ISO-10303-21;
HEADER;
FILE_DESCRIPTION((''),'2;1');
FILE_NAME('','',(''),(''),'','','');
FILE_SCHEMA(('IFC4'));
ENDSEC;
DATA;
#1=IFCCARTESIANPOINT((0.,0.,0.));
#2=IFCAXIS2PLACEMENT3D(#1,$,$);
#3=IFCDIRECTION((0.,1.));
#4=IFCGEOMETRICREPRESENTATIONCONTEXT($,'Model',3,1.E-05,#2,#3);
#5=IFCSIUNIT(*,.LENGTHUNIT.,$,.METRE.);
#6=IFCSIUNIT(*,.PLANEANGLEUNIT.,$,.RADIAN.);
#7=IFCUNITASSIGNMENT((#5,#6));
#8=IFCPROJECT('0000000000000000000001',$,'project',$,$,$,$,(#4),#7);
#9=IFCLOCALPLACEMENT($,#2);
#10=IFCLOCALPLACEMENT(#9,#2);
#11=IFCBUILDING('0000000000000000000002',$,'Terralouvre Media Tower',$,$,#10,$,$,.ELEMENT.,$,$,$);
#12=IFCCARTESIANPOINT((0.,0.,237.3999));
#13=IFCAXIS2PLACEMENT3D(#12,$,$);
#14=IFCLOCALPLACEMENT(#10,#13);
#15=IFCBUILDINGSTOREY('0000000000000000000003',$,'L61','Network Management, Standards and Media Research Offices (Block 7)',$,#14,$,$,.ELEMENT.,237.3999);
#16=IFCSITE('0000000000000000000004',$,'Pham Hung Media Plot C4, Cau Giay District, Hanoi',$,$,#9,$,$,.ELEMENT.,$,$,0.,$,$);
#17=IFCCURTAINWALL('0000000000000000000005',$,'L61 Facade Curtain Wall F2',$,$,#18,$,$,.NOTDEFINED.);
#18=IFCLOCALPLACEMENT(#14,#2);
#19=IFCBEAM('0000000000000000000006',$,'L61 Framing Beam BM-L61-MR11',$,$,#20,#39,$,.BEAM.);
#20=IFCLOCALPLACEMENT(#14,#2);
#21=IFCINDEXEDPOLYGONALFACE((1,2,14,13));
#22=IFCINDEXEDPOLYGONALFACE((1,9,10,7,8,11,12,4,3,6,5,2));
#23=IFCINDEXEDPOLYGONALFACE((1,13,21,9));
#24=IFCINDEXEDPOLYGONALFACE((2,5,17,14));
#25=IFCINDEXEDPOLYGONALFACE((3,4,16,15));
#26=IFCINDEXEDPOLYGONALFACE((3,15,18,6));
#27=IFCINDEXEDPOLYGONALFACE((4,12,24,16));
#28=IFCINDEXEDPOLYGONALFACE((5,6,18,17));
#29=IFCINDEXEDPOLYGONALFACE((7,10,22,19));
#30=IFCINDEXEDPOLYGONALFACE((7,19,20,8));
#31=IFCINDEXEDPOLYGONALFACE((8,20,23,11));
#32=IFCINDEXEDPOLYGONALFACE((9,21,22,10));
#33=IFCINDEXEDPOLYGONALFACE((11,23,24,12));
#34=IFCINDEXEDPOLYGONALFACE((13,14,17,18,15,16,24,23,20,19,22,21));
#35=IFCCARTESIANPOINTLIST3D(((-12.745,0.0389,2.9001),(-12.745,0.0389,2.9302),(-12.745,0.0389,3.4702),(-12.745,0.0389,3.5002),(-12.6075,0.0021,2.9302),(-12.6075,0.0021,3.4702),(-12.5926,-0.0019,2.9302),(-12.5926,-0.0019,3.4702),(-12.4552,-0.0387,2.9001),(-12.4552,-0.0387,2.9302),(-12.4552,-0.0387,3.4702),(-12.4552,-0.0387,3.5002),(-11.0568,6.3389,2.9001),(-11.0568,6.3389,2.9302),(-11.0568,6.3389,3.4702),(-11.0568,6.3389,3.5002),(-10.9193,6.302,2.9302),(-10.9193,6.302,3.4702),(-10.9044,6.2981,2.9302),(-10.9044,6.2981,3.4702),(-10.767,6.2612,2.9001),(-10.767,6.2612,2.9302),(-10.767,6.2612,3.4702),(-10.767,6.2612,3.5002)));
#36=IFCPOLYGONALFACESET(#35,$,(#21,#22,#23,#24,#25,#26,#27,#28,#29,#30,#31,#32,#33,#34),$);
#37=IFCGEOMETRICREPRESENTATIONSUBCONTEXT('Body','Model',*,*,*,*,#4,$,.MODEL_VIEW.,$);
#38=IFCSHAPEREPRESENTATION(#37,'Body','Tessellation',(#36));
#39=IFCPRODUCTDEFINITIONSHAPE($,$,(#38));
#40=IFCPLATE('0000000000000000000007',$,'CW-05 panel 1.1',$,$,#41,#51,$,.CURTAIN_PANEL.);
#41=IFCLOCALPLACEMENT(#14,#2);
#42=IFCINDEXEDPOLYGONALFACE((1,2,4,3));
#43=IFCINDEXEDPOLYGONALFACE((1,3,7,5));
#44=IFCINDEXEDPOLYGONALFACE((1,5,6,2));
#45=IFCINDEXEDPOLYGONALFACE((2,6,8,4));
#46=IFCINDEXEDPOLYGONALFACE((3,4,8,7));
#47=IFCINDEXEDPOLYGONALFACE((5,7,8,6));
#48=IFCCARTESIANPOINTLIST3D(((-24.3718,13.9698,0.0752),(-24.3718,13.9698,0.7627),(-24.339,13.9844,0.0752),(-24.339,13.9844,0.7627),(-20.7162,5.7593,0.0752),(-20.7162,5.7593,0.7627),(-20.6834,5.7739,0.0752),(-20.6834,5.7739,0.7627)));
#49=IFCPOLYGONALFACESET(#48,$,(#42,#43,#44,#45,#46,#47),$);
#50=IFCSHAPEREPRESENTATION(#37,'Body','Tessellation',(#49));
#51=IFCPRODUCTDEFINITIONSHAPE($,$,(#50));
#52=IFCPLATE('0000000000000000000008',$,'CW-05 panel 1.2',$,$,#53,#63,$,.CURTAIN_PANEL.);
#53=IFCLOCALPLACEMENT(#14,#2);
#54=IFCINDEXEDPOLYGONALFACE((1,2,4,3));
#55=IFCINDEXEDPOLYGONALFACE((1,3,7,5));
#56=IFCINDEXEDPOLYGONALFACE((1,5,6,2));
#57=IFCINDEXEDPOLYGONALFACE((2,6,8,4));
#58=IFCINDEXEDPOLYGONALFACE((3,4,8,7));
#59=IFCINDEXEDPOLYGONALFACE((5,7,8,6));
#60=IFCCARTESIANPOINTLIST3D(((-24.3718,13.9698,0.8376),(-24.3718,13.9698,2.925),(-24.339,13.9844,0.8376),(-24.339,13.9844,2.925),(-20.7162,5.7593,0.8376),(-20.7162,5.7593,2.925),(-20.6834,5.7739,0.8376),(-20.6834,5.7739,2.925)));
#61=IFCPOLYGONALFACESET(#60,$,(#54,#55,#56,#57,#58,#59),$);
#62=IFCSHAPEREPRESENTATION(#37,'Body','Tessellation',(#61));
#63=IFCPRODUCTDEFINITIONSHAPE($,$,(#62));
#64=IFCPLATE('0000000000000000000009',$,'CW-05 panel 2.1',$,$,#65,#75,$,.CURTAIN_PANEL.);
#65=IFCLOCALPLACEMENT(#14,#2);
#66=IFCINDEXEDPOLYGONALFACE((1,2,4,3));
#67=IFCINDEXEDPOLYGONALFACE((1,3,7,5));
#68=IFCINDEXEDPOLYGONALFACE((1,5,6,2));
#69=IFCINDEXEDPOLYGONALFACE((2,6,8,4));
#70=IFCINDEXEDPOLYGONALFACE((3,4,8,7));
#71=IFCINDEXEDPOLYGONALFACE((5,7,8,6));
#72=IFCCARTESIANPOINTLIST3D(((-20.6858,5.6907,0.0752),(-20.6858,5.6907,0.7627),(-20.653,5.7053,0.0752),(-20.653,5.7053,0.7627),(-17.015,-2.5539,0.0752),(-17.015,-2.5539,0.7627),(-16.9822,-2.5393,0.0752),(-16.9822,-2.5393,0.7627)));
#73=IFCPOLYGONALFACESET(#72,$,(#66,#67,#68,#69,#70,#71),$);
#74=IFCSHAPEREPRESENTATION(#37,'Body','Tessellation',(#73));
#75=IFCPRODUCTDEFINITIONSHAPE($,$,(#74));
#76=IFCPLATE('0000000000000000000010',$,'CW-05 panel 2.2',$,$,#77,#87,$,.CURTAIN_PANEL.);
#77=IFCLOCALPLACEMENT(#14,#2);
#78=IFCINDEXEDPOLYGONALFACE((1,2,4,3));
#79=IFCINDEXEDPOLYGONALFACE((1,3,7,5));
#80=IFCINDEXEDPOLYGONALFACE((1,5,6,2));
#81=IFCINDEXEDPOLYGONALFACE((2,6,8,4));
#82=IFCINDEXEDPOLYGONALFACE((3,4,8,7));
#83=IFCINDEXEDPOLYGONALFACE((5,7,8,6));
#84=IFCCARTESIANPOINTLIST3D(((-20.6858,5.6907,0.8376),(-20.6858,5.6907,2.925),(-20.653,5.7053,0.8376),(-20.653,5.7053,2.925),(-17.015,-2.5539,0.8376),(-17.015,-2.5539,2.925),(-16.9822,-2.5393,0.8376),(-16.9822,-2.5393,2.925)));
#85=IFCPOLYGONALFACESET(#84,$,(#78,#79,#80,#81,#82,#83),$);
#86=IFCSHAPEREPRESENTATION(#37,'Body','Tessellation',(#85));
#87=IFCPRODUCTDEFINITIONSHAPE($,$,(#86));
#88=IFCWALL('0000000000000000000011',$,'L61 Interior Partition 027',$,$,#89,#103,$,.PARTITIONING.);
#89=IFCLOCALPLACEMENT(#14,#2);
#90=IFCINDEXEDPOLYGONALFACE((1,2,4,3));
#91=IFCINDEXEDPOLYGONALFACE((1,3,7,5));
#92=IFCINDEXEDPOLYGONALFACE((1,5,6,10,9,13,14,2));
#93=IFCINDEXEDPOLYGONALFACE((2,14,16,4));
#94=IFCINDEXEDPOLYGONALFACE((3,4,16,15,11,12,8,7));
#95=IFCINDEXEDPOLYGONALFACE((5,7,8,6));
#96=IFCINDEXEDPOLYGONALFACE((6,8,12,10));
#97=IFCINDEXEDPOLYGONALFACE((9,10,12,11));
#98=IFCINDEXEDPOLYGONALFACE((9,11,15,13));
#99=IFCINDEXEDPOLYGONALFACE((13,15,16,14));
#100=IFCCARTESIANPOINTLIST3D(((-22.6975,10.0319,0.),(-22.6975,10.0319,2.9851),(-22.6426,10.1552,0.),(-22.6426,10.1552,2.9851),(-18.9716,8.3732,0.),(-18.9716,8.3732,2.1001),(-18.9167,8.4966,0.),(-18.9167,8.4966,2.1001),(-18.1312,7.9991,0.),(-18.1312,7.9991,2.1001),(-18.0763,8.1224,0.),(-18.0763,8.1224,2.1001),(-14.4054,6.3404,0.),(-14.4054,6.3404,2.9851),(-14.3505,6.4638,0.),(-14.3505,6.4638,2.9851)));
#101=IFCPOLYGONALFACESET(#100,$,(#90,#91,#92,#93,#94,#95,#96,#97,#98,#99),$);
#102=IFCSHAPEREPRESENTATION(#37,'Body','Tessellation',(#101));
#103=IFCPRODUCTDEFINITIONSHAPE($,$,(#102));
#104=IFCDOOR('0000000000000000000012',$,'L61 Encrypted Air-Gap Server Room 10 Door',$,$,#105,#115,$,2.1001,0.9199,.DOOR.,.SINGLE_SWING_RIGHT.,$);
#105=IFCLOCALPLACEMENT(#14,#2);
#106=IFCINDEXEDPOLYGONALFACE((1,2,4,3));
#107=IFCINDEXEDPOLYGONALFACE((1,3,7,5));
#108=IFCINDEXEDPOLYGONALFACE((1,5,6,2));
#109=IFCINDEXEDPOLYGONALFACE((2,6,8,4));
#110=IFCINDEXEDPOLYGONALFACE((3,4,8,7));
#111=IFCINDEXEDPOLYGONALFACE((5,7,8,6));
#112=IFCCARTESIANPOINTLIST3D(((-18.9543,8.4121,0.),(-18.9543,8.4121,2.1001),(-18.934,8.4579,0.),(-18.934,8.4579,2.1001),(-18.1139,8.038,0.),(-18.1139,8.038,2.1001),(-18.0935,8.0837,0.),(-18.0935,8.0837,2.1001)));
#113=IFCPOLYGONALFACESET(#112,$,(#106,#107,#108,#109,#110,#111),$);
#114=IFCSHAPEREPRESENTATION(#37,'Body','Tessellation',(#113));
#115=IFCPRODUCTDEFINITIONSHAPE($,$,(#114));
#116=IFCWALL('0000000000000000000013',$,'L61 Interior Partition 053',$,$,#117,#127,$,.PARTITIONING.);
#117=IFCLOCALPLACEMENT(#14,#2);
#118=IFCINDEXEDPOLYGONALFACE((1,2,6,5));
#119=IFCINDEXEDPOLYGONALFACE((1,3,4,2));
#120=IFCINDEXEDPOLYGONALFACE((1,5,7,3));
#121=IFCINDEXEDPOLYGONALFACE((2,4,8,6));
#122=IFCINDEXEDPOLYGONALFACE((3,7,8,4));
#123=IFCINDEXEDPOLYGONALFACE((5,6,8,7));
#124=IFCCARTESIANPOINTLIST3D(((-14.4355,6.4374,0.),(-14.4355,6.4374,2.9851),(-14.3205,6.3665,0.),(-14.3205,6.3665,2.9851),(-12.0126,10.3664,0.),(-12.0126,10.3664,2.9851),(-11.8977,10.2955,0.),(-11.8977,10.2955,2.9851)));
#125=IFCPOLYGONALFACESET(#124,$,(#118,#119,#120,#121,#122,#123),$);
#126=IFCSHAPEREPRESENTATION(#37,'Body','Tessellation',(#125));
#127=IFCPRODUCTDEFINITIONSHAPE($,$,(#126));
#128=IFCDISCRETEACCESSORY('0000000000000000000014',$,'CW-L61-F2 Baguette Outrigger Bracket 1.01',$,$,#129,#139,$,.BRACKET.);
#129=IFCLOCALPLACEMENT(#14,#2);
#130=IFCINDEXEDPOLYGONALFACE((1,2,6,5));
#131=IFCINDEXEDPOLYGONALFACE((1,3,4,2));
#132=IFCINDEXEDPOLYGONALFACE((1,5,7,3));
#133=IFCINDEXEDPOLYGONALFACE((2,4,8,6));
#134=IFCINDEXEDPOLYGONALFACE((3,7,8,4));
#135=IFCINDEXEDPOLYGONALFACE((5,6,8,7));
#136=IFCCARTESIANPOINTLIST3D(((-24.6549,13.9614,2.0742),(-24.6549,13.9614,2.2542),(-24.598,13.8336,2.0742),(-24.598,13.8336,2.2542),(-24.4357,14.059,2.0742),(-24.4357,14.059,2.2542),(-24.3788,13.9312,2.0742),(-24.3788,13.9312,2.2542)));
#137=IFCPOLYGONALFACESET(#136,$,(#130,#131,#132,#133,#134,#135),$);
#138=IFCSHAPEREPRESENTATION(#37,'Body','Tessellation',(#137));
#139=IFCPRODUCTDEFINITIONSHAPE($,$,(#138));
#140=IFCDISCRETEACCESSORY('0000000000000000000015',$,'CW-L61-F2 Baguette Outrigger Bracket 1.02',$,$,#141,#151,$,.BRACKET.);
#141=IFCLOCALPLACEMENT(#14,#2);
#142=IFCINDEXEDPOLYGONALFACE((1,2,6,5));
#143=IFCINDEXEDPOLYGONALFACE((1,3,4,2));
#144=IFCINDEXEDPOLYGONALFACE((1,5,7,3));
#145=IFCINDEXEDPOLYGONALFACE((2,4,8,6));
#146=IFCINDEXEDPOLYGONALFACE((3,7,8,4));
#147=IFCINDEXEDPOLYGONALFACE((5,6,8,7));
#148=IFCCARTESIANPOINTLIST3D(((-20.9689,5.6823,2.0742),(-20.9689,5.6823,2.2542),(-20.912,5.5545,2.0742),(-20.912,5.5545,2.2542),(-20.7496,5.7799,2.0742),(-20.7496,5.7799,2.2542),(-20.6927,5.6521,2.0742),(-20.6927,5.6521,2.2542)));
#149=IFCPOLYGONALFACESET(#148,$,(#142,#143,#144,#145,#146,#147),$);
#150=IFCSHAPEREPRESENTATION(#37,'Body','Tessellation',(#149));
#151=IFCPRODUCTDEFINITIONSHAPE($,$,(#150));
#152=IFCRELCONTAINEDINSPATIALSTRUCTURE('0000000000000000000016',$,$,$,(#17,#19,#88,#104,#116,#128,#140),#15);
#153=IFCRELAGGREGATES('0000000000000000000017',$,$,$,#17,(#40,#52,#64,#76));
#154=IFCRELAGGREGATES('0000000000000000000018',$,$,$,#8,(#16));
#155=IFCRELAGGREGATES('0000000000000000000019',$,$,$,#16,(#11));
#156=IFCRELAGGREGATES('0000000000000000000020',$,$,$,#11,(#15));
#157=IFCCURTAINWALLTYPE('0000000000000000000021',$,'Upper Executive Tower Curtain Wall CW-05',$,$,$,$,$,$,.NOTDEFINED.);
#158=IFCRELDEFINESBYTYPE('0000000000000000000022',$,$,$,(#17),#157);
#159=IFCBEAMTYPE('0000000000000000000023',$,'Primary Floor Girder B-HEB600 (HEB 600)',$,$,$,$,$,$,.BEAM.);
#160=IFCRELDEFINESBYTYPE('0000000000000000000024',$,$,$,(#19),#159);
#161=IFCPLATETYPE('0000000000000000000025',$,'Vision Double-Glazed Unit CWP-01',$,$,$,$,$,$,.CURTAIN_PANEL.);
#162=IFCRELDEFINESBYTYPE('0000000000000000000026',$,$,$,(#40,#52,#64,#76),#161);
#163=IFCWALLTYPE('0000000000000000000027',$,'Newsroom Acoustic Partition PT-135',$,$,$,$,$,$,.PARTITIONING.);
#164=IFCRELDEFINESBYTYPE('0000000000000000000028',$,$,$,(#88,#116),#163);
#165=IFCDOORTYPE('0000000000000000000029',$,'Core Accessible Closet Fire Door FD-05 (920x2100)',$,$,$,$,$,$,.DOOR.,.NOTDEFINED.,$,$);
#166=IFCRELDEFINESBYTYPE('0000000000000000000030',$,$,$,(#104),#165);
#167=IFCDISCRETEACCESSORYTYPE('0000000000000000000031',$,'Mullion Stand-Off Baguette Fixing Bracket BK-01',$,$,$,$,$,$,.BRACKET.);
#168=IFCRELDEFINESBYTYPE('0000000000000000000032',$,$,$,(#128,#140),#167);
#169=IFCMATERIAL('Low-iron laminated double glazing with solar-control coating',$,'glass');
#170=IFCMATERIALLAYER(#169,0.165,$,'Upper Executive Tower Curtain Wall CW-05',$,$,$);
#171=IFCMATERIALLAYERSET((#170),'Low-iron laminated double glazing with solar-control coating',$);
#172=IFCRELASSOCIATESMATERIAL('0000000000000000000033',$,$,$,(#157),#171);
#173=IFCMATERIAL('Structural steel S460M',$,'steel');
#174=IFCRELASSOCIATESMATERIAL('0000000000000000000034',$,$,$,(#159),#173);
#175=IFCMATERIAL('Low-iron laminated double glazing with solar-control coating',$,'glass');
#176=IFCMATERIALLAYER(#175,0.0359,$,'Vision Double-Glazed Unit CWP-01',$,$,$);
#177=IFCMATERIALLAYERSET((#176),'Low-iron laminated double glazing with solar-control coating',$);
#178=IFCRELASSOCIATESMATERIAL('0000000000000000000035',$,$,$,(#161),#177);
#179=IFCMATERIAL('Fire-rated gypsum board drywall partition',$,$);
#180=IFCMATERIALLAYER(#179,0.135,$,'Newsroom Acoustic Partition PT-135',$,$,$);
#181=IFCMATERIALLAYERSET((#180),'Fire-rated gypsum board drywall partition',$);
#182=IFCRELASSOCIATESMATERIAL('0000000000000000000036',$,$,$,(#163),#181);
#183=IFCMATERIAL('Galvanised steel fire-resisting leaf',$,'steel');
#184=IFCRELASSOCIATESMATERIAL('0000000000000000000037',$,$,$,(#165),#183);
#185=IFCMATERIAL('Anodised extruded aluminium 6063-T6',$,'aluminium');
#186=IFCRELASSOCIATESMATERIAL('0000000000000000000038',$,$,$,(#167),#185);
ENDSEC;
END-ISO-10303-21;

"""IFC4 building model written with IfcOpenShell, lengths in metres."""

from ifc_helpers import new_model, si_unit, direction, frame, frame_2d, origin, origin_2d, place, context, subcontext, project, spatial, rectangle, i_section, extrude, material, layer, layer_set, material_profile, profile_set, type_object, element, fill, aggregate, save


model = new_model("IFC4")

# Units and contexts
model_context = context("Model", 3, precision=1e-05, world=origin(), true_north=direction((0.0, 1.0)))
body_context = subcontext(model_context, "Body", "Model", "MODEL_VIEW")
ifc_project = project(units=[si_unit("LENGTHUNIT", "METRE"), si_unit("PLANEANGLEUNIT", "RADIAN")], contexts=[model_context])

# Site, building, storey
site_placement = place(None, origin())
site = spatial("IfcSite", under=ifc_project, at=site_placement, Name="Pham Hung Media Plot C4, Cau Giay District, Hanoi", CompositionType="ELEMENT", RefElevation=0.0)
building_placement = place(site_placement, origin())
building = spatial("IfcBuilding", under=site, at=building_placement, Name="Terralouvre Media Tower", CompositionType="ELEMENT")
storey_placement = place(building_placement, frame((0.0, 0.0, 237.3999)))
storey = spatial("IfcBuildingStorey", under=building, at=storey_placement, Name="L61", Description="Network Management, Standards and Media Research Offices (Block 7)", CompositionType="ELEMENT", Elevation=237.3999)

# Curtain wall
ifc_material_1 = material(Name="Low-iron laminated double glazing with solar-control coating", Category="glass")
ifc_layer_1 = layer(ifc_material_1, 0.165, Name="Upper Executive Tower Curtain Wall CW-05")
ifc_layer_set_1 = layer_set([ifc_layer_1], Name="Low-iron laminated double glazing with solar-control coating")
curtain_wall_type_1 = type_object("IfcCurtainWallType", Name="Upper Executive Tower Curtain Wall CW-05", PredefinedType="NOTDEFINED", material=ifc_layer_set_1)
curtain_wall_1_placement = place(storey_placement, origin())
curtain_wall_1 = element("IfcCurtainWall", 1, at=curtain_wall_1_placement, inside=storey, type_object=curtain_wall_type_1, Name="L61 Facade Curtain Wall F2", PredefinedType="NOTDEFINED")

# Beam
ifc_material_2 = material(Name="Structural steel S460M", Category="steel")
ifc_material_profile_1 = material_profile(ifc_material_2, i_section(OverallWidth=0.3, OverallDepth=0.6001, WebThickness=0.0154, FlangeThickness=0.03, at=origin_2d()), Name="HEB 600")
ifc_profile_set_1 = profile_set([ifc_material_profile_1], Name="Structural steel S460M")
beam_type_1 = type_object("IfcBeamType", Name="Primary Floor Girder B-HEB600 (HEB 600)", PredefinedType="BEAM", material=ifc_profile_set_1)
beam_1_placement = place(storey_placement, frame((-10.9119, 6.3, 3.2002), z_axis=(-0.258839, -0.96592, 0.0), x_axis=(0.96592, -0.258839, 0.0)))
element("IfcBeam", 2, at=beam_1_placement, inside=storey, type_object=beam_type_1, Name="L61 Framing Beam BM-L61-MR11", PredefinedType="BEAM", context=body_context, shape_type="SweptSolid", body=[
    extrude(i_section(OverallWidth=0.3, OverallDepth=0.6001, WebThickness=0.0154, FlangeThickness=0.03, at=origin_2d()), origin(), (0.0, 0.0, 1.0), 6.5222),
])

# Plates
ifc_material_3 = material(Name="Low-iron laminated double glazing with solar-control coating", Category="glass")
ifc_layer_2 = layer(ifc_material_3, 0.0359, Name="Vision Double-Glazed Unit CWP-01")
ifc_layer_set_2 = layer_set([ifc_layer_2], Name="Low-iron laminated double glazing with solar-control coating")
plate_type = type_object("IfcPlateType", Name="Vision Double-Glazed Unit CWP-01", PredefinedType="CURTAIN_PANEL", material=ifc_layer_set_2)
plate_1_placement = place(storey_placement, frame((-22.5276, 9.8718, 0.0752), z_axis=(0.0, 0.0, 1.0), x_axis=(0.406737, -0.913545, 0.0)))
plate_1 = element("IfcPlate", 3, at=plate_1_placement, type_object=plate_type, Name="CW-05 panel 1.1", PredefinedType="CURTAIN_PANEL", context=body_context, shape_type="SweptSolid", body=[
    extrude(rectangle(XDim=8.9875, YDim=0.0359, at=origin_2d()), origin(), (0.0, 0.0, 1.0), 0.6875),
])
plate_2_placement = place(storey_placement, frame((-22.5276, 9.8718, 0.8376), z_axis=(0.0, 0.0, 1.0), x_axis=(0.406737, -0.913545, 0.0)))
plate_2 = element("IfcPlate", 4, at=plate_2_placement, type_object=plate_type, Name="CW-05 panel 1.2", PredefinedType="CURTAIN_PANEL", context=body_context, shape_type="SweptSolid", body=[
    extrude(rectangle(XDim=8.9875, YDim=0.0359, at=origin_2d()), origin(), (0.0, 0.0, 1.0), 2.0874),
])
plate_3_placement = place(storey_placement, frame((-18.834, 1.5757, 0.0752), z_axis=(0.0, 0.0, 1.0), x_axis=(0.406737, -0.913545, 0.0)))
plate_3 = element("IfcPlate", 5, at=plate_3_placement, type_object=plate_type, Name="CW-05 panel 2.1", PredefinedType="CURTAIN_PANEL", context=body_context, shape_type="SweptSolid", body=[
    extrude(rectangle(XDim=9.0249, YDim=0.0359, at=origin_2d()), origin(), (0.0, 0.0, 1.0), 0.6875),
])
plate_4_placement = place(storey_placement, frame((-18.834, 1.5757, 0.8376), z_axis=(0.0, 0.0, 1.0), x_axis=(0.406737, -0.913545, 0.0)))
plate_4 = element("IfcPlate", 6, at=plate_4_placement, type_object=plate_type, Name="CW-05 panel 2.2", PredefinedType="CURTAIN_PANEL", context=body_context, shape_type="SweptSolid", body=[
    extrude(rectangle(XDim=9.0249, YDim=0.0359, at=origin_2d()), origin(), (0.0, 0.0, 1.0), 2.0874),
])
aggregate(curtain_wall_1, [plate_1, plate_2, plate_3, plate_4])

# Wall, opening, door
ifc_material_4 = material(Name="Fire-rated gypsum board drywall partition")
ifc_layer_3 = layer(ifc_material_4, 0.135, Name="Newsroom Acoustic Partition PT-135")
ifc_layer_set_3 = layer_set([ifc_layer_3], Name="Fire-rated gypsum board drywall partition")
wall_type = type_object("IfcWallType", Name="Newsroom Acoustic Partition PT-135", PredefinedType="PARTITIONING", material=ifc_layer_set_3)
wall_1_placement = place(storey_placement, frame((-14.3779, 6.4021, 0.0), z_axis=(0.0, 0.0, 1.0), x_axis=(-0.913563, 0.406697, 0.0)))
wall_1 = element("IfcWall", 7, at=wall_1_placement, inside=storey, type_object=wall_type, Name="L61 Interior Partition 027", PredefinedType="PARTITIONING", context=body_context, shape_type="SweptSolid", body=[
    extrude(rectangle(XDim=9.0767, YDim=0.135, at=frame_2d((4.5383, 0.0))), origin(), (0.0, 0.0, 1.0), 2.9851),
])
opening_placement = place(wall_1_placement, frame((4.0784, 0.0, 0.0)))
opening = element("IfcOpeningElement", 8, at=opening_placement, cuts=wall_1, PredefinedType="OPENING", context=body_context, shape_type="SweptSolid", body=[
    extrude(rectangle(XDim=0.9199, YDim=2.1001, at=frame_2d((0.46, 1.05))), frame((0.0, 0.0774, 0.0), z_axis=(0.0, -1.0, 0.0), x_axis=(1.0, 0.0, 0.0)), (0.0, 0.0, 1.0), 0.155),
])
ifc_material_5 = material(Name="Galvanised steel fire-resisting leaf", Category="steel")
door_type = type_object("IfcDoorType", Name="Core Accessible Closet Fire Door FD-05 (920x2100)", OperationType="NOTDEFINED", PredefinedType="DOOR", material=ifc_material_5)
door_placement = place(opening_placement, origin())
door = element("IfcDoor", 9, at=door_placement, inside=storey, type_object=door_type, Name="L61 Encrypted Air-Gap Server Room 10 Door", OperationType="SINGLE_SWING_RIGHT", OverallHeight=2.1001, OverallWidth=0.9199, PredefinedType="DOOR", context=body_context, shape_type="SweptSolid", body=[
    extrude(rectangle(XDim=0.9199, YDim=2.1001, at=frame_2d((0.46, 1.05))), frame((0.0, 0.0249, 0.0), z_axis=(0.0, -1.0, 0.0), x_axis=(1.0, 0.0, 0.0)), (0.0, 0.0, 1.0), 0.05),
])
fill(opening, door)

# Wall
wall_2_placement = place(storey_placement, frame((-11.9551, 10.3311, 0.0), z_axis=(0.0, 0.0, 1.0), x_axis=(-0.524888, -0.851171, 0.0)))
element("IfcWall", 10, at=wall_2_placement, inside=storey, type_object=wall_type, Name="L61 Interior Partition 053", PredefinedType="PARTITIONING", context=body_context, shape_type="SweptSolid", body=[
    extrude(rectangle(XDim=4.616, YDim=0.135, at=frame_2d((2.3081, 0.0))), origin(), (0.0, 0.0, 1.0), 2.9851),
])

# Discrete accessories
ifc_material_6 = material(Name="Anodised extruded aluminium 6063-T6", Category="aluminium")
discrete_accessory_type = type_object("IfcDiscreteAccessoryType", Name="Mullion Stand-Off Baguette Fixing Bracket BK-01", PredefinedType="BRACKET", material=ifc_material_6)
for number, where, z_axis, x_axis, name in (
    (11, (-24.5168, 13.9463, 2.0742), (0.0, 0.0, 1.0), (0.406737, -0.913545, 0.0), "CW-L61-F2 Baguette Outrigger Bracket 1.01"),
    (12, (-20.8308, 5.6672, 2.0742), (0.0, 0.0, 1.0), (0.406737, -0.913545, 0.0), "CW-L61-F2 Baguette Outrigger Bracket 1.02"),
):
    element("IfcDiscreteAccessory", number, at=place(storey_placement, frame(where, z_axis=z_axis, x_axis=x_axis)), inside=storey, type_object=discrete_accessory_type, Name=name, PredefinedType="BRACKET", context=body_context, shape_type="SweptSolid", body=[
        extrude(rectangle(XDim=0.1399, YDim=0.24, at=origin_2d()), origin(), (0.0, 0.0, 1.0), 0.1799),
    ])

save(model, "model.ifc")
